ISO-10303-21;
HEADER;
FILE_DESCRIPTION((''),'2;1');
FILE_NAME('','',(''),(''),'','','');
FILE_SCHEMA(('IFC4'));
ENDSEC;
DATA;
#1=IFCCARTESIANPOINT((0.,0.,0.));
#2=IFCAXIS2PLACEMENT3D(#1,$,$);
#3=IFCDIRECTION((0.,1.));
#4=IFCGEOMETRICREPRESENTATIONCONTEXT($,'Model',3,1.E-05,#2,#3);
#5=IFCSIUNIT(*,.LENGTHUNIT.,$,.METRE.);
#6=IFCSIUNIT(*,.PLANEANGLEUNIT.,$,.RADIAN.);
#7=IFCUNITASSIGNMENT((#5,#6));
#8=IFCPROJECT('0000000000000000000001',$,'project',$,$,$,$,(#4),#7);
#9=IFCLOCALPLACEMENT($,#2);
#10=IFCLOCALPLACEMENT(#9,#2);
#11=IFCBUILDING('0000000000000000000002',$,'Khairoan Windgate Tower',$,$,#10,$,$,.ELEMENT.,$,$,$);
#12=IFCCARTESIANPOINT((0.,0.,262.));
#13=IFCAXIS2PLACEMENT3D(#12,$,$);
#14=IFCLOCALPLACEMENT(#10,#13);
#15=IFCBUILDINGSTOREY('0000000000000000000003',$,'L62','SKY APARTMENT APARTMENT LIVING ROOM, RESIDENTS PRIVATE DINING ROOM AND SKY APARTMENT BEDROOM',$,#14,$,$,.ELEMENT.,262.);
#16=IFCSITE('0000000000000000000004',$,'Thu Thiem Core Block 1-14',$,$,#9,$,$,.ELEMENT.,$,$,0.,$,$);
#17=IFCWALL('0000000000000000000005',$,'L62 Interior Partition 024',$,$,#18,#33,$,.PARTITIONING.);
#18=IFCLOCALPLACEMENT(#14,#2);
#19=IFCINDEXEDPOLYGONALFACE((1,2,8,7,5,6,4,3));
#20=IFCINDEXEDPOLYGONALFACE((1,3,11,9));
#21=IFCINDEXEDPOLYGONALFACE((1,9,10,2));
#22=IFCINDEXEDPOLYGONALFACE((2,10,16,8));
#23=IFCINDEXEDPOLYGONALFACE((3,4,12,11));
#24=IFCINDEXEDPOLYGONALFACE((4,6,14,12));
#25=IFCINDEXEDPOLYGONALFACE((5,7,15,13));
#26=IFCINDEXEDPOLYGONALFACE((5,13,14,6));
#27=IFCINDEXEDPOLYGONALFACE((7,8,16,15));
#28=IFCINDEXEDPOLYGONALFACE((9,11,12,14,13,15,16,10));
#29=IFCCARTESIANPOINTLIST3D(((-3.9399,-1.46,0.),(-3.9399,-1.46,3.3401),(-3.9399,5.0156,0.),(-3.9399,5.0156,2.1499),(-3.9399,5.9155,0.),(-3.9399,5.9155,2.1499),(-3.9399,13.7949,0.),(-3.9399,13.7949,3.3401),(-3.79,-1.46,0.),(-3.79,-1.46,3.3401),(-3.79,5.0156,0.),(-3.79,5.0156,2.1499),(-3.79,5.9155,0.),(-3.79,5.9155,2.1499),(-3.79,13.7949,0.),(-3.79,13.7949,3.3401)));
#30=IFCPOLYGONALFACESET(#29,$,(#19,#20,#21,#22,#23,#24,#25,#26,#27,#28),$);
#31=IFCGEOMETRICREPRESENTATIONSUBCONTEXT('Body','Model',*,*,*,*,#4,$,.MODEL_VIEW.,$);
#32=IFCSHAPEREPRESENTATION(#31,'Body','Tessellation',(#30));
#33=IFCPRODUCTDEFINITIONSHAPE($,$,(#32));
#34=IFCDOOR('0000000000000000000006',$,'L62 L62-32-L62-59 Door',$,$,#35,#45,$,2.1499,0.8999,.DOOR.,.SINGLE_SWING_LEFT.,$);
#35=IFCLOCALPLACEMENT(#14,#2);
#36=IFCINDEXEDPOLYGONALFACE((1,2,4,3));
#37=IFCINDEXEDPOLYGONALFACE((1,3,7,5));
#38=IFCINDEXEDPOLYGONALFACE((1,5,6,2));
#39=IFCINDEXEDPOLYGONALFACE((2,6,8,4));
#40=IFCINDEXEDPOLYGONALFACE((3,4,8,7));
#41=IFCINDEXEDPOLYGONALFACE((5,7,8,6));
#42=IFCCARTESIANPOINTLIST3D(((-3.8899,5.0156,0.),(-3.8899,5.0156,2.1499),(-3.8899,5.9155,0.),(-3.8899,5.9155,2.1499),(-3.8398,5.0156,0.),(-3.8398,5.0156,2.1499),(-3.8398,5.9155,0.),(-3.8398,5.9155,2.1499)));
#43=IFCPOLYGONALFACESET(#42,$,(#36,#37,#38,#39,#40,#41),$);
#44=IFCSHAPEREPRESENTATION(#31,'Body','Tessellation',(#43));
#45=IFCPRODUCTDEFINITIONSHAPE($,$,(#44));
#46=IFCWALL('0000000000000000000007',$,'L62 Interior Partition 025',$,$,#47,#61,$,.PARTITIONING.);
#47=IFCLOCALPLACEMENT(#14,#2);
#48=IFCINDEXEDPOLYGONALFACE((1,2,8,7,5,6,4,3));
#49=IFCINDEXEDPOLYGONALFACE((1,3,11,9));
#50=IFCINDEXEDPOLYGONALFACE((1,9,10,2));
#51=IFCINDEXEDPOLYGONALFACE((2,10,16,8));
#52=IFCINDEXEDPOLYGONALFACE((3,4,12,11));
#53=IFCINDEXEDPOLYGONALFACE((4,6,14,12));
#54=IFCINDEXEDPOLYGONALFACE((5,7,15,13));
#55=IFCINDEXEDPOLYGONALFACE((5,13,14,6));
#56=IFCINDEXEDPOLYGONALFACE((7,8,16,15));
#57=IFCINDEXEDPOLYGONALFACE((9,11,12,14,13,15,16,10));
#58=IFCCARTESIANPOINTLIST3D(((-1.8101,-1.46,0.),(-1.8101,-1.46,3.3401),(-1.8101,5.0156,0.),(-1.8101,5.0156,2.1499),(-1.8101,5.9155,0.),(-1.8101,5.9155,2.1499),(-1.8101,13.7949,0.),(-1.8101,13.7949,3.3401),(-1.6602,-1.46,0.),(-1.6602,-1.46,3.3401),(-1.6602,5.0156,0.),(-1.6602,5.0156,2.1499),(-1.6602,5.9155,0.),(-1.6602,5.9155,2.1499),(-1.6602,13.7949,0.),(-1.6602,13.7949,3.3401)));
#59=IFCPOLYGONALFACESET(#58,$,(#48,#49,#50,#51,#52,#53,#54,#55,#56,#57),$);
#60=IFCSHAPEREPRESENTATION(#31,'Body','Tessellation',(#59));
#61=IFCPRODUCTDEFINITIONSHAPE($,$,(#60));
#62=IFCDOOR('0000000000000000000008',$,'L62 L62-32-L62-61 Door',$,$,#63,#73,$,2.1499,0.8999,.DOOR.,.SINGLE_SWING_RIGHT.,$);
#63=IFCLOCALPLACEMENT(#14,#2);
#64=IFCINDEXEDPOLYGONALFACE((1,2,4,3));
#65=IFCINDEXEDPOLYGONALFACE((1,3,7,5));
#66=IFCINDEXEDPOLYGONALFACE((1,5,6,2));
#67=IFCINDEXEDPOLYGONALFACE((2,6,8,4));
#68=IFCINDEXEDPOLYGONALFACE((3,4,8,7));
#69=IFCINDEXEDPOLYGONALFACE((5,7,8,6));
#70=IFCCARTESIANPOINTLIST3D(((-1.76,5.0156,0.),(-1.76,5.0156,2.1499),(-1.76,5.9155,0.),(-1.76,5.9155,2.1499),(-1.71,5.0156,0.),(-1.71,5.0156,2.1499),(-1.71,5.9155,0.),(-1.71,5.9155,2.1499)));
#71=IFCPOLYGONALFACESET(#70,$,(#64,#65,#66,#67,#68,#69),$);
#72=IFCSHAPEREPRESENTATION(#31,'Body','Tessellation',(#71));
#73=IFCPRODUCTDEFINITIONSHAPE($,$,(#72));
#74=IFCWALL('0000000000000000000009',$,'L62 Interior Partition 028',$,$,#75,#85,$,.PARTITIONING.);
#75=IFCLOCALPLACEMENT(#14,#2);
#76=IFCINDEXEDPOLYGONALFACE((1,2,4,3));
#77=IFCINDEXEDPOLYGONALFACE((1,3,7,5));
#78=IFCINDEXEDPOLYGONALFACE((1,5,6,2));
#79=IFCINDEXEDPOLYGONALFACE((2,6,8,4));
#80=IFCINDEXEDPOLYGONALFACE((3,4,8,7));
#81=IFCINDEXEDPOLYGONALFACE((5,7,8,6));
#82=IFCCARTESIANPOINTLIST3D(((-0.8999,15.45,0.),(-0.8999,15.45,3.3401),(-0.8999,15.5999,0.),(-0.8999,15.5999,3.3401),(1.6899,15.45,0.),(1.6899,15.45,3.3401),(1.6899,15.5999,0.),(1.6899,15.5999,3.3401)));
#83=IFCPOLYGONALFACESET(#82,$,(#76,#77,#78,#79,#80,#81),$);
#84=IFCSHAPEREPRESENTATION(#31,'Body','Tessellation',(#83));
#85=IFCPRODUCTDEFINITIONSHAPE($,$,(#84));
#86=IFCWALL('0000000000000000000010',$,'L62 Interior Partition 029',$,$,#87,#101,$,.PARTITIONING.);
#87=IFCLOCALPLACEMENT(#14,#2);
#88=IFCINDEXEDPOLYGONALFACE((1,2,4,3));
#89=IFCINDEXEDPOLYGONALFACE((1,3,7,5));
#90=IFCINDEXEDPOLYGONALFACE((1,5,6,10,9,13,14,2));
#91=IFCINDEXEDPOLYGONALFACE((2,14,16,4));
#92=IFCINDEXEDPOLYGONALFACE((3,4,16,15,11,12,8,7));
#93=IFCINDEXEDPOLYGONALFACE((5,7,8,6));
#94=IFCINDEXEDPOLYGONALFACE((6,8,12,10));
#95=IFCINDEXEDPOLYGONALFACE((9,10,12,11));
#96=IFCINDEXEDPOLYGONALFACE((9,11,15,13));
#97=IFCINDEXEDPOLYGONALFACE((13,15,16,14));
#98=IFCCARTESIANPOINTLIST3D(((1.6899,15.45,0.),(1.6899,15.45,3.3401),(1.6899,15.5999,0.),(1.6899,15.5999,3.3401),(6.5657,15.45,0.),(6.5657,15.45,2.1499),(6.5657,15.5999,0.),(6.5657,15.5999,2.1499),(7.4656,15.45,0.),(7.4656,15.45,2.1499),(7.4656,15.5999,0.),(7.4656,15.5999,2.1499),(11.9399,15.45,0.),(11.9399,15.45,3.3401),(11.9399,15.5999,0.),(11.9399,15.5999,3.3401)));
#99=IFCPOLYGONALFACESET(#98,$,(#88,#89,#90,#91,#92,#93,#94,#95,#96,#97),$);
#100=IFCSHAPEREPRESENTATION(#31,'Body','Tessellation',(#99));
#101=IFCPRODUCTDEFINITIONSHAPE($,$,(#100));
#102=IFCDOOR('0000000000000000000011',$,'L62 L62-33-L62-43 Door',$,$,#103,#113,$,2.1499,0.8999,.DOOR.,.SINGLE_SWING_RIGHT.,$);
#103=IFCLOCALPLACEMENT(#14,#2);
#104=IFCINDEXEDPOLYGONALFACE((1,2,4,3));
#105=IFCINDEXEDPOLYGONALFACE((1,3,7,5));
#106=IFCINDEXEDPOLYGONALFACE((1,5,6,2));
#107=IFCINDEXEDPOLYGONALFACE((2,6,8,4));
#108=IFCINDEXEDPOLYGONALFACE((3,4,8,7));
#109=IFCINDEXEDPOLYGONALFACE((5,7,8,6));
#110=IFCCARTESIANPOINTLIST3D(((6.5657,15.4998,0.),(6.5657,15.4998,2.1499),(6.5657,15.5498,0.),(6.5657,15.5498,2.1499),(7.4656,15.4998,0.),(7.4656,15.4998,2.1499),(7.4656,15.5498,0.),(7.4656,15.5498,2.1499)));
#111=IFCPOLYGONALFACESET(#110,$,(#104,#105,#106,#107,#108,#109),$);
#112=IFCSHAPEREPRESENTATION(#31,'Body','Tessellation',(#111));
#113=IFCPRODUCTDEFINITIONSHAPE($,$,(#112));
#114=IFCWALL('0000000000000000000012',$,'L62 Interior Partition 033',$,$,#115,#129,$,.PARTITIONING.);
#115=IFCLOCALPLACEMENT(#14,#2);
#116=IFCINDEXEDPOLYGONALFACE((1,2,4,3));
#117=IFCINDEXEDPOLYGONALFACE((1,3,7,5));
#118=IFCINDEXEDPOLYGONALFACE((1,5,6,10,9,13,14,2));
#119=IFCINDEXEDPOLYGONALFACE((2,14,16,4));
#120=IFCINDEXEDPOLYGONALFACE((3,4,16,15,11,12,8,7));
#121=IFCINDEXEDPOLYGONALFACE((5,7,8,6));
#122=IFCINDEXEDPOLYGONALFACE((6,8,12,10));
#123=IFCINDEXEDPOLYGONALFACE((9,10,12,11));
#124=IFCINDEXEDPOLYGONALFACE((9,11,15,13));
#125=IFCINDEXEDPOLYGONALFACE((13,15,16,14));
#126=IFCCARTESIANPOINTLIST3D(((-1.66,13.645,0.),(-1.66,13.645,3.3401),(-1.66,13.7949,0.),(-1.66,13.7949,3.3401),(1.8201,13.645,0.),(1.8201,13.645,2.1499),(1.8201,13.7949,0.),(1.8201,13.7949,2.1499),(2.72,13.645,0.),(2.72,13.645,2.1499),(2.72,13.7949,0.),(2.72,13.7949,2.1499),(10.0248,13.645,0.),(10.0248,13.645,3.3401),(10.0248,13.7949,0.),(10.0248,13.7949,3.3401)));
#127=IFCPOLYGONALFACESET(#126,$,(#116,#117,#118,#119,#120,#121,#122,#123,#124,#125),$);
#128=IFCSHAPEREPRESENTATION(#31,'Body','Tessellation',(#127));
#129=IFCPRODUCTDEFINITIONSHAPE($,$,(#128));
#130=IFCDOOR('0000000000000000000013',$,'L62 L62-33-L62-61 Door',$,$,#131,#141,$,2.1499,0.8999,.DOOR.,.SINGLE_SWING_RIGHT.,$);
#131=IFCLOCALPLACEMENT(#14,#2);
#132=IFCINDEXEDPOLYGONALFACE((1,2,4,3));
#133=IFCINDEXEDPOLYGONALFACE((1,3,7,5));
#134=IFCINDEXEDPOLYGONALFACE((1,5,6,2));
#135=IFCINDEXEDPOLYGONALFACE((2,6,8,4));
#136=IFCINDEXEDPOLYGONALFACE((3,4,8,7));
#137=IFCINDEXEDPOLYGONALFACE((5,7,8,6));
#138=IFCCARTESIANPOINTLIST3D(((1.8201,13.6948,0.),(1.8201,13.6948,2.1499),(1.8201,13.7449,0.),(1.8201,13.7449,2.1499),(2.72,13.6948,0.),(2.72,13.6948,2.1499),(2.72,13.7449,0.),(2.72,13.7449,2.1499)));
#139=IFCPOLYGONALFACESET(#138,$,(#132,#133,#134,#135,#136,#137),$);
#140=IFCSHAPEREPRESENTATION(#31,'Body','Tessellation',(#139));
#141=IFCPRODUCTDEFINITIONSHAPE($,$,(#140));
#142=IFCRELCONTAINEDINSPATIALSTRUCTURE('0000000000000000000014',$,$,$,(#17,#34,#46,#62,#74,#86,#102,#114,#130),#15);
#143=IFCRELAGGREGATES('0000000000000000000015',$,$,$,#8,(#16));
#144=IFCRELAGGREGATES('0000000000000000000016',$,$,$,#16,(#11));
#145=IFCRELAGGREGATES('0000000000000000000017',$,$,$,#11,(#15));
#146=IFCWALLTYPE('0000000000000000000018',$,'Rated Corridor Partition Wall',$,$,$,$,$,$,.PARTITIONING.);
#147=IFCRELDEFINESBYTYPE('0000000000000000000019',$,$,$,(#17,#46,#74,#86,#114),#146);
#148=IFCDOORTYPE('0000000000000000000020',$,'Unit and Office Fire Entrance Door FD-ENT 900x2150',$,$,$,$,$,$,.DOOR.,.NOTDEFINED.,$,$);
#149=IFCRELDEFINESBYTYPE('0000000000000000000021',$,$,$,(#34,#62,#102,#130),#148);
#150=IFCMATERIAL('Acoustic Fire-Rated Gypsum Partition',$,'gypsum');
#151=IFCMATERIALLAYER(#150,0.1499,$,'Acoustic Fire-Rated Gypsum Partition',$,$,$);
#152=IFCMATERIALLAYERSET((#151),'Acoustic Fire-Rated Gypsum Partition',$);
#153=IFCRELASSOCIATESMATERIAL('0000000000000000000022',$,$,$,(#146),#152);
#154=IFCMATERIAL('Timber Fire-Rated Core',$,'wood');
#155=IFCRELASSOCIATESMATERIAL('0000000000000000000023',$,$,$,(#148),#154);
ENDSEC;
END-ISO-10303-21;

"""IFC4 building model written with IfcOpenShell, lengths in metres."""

from ifc_helpers import new_model, si_unit, direction, frame, frame_2d, origin, place, context, subcontext, project, spatial, rectangle, extrude, material, layer, layer_set, type_object, element, fill, save


model = new_model("IFC4")

# Units and contexts
model_context = context("Model", 3, precision=1e-05, world=origin(), true_north=direction((0.0, 1.0)))
body_context = subcontext(model_context, "Body", "Model", "MODEL_VIEW")
ifc_project = project(units=[si_unit("LENGTHUNIT", "METRE"), si_unit("PLANEANGLEUNIT", "RADIAN")], contexts=[model_context])

# Site, building, storey
site_placement = place(None, origin())
site = spatial("IfcSite", under=ifc_project, at=site_placement, Name="Thu Thiem Core Block 1-14", CompositionType="ELEMENT", RefElevation=0.0)
building_placement = place(site_placement, origin())
building = spatial("IfcBuilding", under=site, at=building_placement, Name="Khairoan Windgate Tower", CompositionType="ELEMENT")
storey_placement = place(building_placement, frame((0.0, 0.0, 262.0)))
storey = spatial("IfcBuildingStorey", under=building, at=storey_placement, Name="L62", Description="SKY APARTMENT APARTMENT LIVING ROOM, RESIDENTS PRIVATE DINING ROOM AND SKY APARTMENT BEDROOM", CompositionType="ELEMENT", Elevation=262.0)

# Walls, openings, doors
ifc_material_1 = material(Name="Acoustic Fire-Rated Gypsum Partition", Category="gypsum")
ifc_layer_1 = layer(ifc_material_1, 0.1499, Name="Acoustic Fire-Rated Gypsum Partition")
ifc_layer_set_1 = layer_set([ifc_layer_1], Name="Acoustic Fire-Rated Gypsum Partition")
wall_type_1 = type_object("IfcWallType", Name="Rated Corridor Partition Wall", PredefinedType="PARTITIONING", material=ifc_layer_set_1)
ifc_material_2 = material(Name="Timber Fire-Rated Core", Category="wood")
door_type_1 = type_object("IfcDoorType", Name="Unit and Office Fire Entrance Door FD-ENT 900x2150", OperationType="NOTDEFINED", PredefinedType="DOOR", material=ifc_material_2)
wall_1_placement = place(storey_placement, frame((-3.865, -1.46, 0.0), z_axis=(0.0, 0.0, 1.0), x_axis=(0.0, 1.0, 0.0)))
wall_1 = element("IfcWall", 1, at=wall_1_placement, inside=storey, type_object=wall_type_1, Name="L62 Interior Partition 024", PredefinedType="PARTITIONING", context=body_context, shape_type="SweptSolid", body=[
    extrude(rectangle(XDim=15.2549, YDim=0.1499, at=frame_2d((7.6274, 0.0))), origin(), (0.0, 0.0, 1.0), 3.3401),
])
opening_1_placement = place(wall_1_placement, frame((6.4756, 0.0, 0.0)))
opening_1 = element("IfcOpeningElement", 2, at=opening_1_placement, cuts=wall_1, PredefinedType="OPENING", context=body_context, shape_type="SweptSolid", body=[
    extrude(rectangle(XDim=0.8999, YDim=2.1499, at=frame_2d((0.45, 1.075))), frame((0.0, 0.085, 0.0), z_axis=(0.0, -1.0, 0.0), x_axis=(1.0, 0.0, 0.0)), (0.0, 0.0, 1.0), 0.1699),
])
door_1_placement = place(opening_1_placement, origin())
door_1 = element("IfcDoor", 3, at=door_1_placement, inside=storey, type_object=door_type_1, Name="L62 L62-32-L62-59 Door", OperationType="SINGLE_SWING_LEFT", OverallHeight=2.1499, OverallWidth=0.8999, PredefinedType="DOOR", context=body_context, shape_type="SweptSolid", body=[
    extrude(rectangle(XDim=0.8999, YDim=2.1499, at=frame_2d((0.45, 1.075))), frame((0.0, 0.0249, 0.0), z_axis=(0.0, -1.0, 0.0), x_axis=(1.0, 0.0, 0.0)), (0.0, 0.0, 1.0), 0.05),
])
fill(opening_1, door_1)
wall_2_placement = place(storey_placement, frame((-1.7351, -1.46, 0.0), z_axis=(0.0, 0.0, 1.0), x_axis=(0.0, 1.0, 0.0)))
wall_2 = element("IfcWall", 4, at=wall_2_placement, inside=storey, type_object=wall_type_1, Name="L62 Interior Partition 025", PredefinedType="PARTITIONING", context=body_context, shape_type="SweptSolid", body=[
    extrude(rectangle(XDim=15.2549, YDim=0.1499, at=frame_2d((7.6274, 0.0))), origin(), (0.0, 0.0, 1.0), 3.3401),
])
opening_2_placement = place(wall_2_placement, frame((6.4756, 0.0, 0.0)))
opening_2 = element("IfcOpeningElement", 5, at=opening_2_placement, cuts=wall_2, PredefinedType="OPENING", context=body_context, shape_type="SweptSolid", body=[
    extrude(rectangle(XDim=0.8999, YDim=2.1499, at=frame_2d((0.45, 1.075))), frame((0.0, 0.085, 0.0), z_axis=(0.0, -1.0, 0.0), x_axis=(1.0, 0.0, 0.0)), (0.0, 0.0, 1.0), 0.1699),
])
door_2_placement = place(opening_2_placement, origin())
door_2 = element("IfcDoor", 6, at=door_2_placement, inside=storey, type_object=door_type_1, Name="L62 L62-32-L62-61 Door", OperationType="SINGLE_SWING_RIGHT", OverallHeight=2.1499, OverallWidth=0.8999, PredefinedType="DOOR", context=body_context, shape_type="SweptSolid", body=[
    extrude(rectangle(XDim=0.8999, YDim=2.1499, at=frame_2d((0.45, 1.075))), frame((0.0, 0.0249, 0.0), z_axis=(0.0, -1.0, 0.0), x_axis=(1.0, 0.0, 0.0)), (0.0, 0.0, 1.0), 0.05),
])
fill(opening_2, door_2)

# Wall
wall_3_placement = place(storey_placement, frame((-0.8999, 15.5249, 0.0), z_axis=(0.0, 0.0, 1.0), x_axis=(1.0, 0.0, 0.0)))
element("IfcWall", 7, at=wall_3_placement, inside=storey, type_object=wall_type_1, Name="L62 Interior Partition 028", PredefinedType="PARTITIONING", context=body_context, shape_type="SweptSolid", body=[
    extrude(rectangle(XDim=2.5898, YDim=0.1499, at=frame_2d((1.2949, 0.0))), origin(), (0.0, 0.0, 1.0), 3.3401),
])

# Walls, openings, doors
wall_4_placement = place(storey_placement, frame((1.6899, 15.5249, 0.0), z_axis=(0.0, 0.0, 1.0), x_axis=(1.0, 0.0, 0.0)))
wall_4 = element("IfcWall", 8, at=wall_4_placement, inside=storey, type_object=wall_type_1, Name="L62 Interior Partition 029", PredefinedType="PARTITIONING", context=body_context, shape_type="SweptSolid", body=[
    extrude(rectangle(XDim=10.25, YDim=0.1499, at=frame_2d((5.125, 0.0))), origin(), (0.0, 0.0, 1.0), 3.3401),
])
opening_3_placement = place(wall_4_placement, frame((4.8757, 0.0, 0.0)))
opening_3 = element("IfcOpeningElement", 9, at=opening_3_placement, cuts=wall_4, PredefinedType="OPENING", context=body_context, shape_type="SweptSolid", body=[
    extrude(rectangle(XDim=0.8999, YDim=2.1499, at=frame_2d((0.45, 1.075))), frame((0.0, 0.085, 0.0), z_axis=(0.0, -1.0, 0.0), x_axis=(1.0, 0.0, 0.0)), (0.0, 0.0, 1.0), 0.1699),
])
door_3_placement = place(opening_3_placement, origin())
door_3 = element("IfcDoor", 10, at=door_3_placement, inside=storey, type_object=door_type_1, Name="L62 L62-33-L62-43 Door", OperationType="SINGLE_SWING_RIGHT", OverallHeight=2.1499, OverallWidth=0.8999, PredefinedType="DOOR", context=body_context, shape_type="SweptSolid", body=[
    extrude(rectangle(XDim=0.8999, YDim=2.1499, at=frame_2d((0.45, 1.075))), frame((0.0, 0.0249, 0.0), z_axis=(0.0, -1.0, 0.0), x_axis=(1.0, 0.0, 0.0)), (0.0, 0.0, 1.0), 0.05),
])
fill(opening_3, door_3)
wall_5_placement = place(storey_placement, frame((-1.6599, 13.72, 0.0), z_axis=(0.0, 0.0, 1.0), x_axis=(1.0, 0.0, 0.0)))
wall_5 = element("IfcWall", 11, at=wall_5_placement, inside=storey, type_object=wall_type_1, Name="L62 Interior Partition 033", PredefinedType="PARTITIONING", context=body_context, shape_type="SweptSolid", body=[
    extrude(rectangle(XDim=11.6848, YDim=0.1499, at=frame_2d((5.8423, 0.0))), origin(), (0.0, 0.0, 1.0), 3.3401),
])
opening_4_placement = place(wall_5_placement, frame((3.48, 0.0, 0.0)))
opening_4 = element("IfcOpeningElement", 12, at=opening_4_placement, cuts=wall_5, PredefinedType="OPENING", context=body_context, shape_type="SweptSolid", body=[
    extrude(rectangle(XDim=0.8999, YDim=2.1499, at=frame_2d((0.45, 1.075))), frame((0.0, 0.085, 0.0), z_axis=(0.0, -1.0, 0.0), x_axis=(1.0, 0.0, 0.0)), (0.0, 0.0, 1.0), 0.1699),
])
door_4_placement = place(opening_4_placement, origin())
door_4 = element("IfcDoor", 13, at=door_4_placement, inside=storey, type_object=door_type_1, Name="L62 L62-33-L62-61 Door", OperationType="SINGLE_SWING_RIGHT", OverallHeight=2.1499, OverallWidth=0.8999, PredefinedType="DOOR", context=body_context, shape_type="SweptSolid", body=[
    extrude(rectangle(XDim=0.8999, YDim=2.1499, at=frame_2d((0.45, 1.075))), frame((0.0, 0.0249, 0.0), z_axis=(0.0, -1.0, 0.0), x_axis=(1.0, 0.0, 0.0)), (0.0, 0.0, 1.0), 0.05),
])
fill(opening_4, door_4)

save(model, "model.ifc")
